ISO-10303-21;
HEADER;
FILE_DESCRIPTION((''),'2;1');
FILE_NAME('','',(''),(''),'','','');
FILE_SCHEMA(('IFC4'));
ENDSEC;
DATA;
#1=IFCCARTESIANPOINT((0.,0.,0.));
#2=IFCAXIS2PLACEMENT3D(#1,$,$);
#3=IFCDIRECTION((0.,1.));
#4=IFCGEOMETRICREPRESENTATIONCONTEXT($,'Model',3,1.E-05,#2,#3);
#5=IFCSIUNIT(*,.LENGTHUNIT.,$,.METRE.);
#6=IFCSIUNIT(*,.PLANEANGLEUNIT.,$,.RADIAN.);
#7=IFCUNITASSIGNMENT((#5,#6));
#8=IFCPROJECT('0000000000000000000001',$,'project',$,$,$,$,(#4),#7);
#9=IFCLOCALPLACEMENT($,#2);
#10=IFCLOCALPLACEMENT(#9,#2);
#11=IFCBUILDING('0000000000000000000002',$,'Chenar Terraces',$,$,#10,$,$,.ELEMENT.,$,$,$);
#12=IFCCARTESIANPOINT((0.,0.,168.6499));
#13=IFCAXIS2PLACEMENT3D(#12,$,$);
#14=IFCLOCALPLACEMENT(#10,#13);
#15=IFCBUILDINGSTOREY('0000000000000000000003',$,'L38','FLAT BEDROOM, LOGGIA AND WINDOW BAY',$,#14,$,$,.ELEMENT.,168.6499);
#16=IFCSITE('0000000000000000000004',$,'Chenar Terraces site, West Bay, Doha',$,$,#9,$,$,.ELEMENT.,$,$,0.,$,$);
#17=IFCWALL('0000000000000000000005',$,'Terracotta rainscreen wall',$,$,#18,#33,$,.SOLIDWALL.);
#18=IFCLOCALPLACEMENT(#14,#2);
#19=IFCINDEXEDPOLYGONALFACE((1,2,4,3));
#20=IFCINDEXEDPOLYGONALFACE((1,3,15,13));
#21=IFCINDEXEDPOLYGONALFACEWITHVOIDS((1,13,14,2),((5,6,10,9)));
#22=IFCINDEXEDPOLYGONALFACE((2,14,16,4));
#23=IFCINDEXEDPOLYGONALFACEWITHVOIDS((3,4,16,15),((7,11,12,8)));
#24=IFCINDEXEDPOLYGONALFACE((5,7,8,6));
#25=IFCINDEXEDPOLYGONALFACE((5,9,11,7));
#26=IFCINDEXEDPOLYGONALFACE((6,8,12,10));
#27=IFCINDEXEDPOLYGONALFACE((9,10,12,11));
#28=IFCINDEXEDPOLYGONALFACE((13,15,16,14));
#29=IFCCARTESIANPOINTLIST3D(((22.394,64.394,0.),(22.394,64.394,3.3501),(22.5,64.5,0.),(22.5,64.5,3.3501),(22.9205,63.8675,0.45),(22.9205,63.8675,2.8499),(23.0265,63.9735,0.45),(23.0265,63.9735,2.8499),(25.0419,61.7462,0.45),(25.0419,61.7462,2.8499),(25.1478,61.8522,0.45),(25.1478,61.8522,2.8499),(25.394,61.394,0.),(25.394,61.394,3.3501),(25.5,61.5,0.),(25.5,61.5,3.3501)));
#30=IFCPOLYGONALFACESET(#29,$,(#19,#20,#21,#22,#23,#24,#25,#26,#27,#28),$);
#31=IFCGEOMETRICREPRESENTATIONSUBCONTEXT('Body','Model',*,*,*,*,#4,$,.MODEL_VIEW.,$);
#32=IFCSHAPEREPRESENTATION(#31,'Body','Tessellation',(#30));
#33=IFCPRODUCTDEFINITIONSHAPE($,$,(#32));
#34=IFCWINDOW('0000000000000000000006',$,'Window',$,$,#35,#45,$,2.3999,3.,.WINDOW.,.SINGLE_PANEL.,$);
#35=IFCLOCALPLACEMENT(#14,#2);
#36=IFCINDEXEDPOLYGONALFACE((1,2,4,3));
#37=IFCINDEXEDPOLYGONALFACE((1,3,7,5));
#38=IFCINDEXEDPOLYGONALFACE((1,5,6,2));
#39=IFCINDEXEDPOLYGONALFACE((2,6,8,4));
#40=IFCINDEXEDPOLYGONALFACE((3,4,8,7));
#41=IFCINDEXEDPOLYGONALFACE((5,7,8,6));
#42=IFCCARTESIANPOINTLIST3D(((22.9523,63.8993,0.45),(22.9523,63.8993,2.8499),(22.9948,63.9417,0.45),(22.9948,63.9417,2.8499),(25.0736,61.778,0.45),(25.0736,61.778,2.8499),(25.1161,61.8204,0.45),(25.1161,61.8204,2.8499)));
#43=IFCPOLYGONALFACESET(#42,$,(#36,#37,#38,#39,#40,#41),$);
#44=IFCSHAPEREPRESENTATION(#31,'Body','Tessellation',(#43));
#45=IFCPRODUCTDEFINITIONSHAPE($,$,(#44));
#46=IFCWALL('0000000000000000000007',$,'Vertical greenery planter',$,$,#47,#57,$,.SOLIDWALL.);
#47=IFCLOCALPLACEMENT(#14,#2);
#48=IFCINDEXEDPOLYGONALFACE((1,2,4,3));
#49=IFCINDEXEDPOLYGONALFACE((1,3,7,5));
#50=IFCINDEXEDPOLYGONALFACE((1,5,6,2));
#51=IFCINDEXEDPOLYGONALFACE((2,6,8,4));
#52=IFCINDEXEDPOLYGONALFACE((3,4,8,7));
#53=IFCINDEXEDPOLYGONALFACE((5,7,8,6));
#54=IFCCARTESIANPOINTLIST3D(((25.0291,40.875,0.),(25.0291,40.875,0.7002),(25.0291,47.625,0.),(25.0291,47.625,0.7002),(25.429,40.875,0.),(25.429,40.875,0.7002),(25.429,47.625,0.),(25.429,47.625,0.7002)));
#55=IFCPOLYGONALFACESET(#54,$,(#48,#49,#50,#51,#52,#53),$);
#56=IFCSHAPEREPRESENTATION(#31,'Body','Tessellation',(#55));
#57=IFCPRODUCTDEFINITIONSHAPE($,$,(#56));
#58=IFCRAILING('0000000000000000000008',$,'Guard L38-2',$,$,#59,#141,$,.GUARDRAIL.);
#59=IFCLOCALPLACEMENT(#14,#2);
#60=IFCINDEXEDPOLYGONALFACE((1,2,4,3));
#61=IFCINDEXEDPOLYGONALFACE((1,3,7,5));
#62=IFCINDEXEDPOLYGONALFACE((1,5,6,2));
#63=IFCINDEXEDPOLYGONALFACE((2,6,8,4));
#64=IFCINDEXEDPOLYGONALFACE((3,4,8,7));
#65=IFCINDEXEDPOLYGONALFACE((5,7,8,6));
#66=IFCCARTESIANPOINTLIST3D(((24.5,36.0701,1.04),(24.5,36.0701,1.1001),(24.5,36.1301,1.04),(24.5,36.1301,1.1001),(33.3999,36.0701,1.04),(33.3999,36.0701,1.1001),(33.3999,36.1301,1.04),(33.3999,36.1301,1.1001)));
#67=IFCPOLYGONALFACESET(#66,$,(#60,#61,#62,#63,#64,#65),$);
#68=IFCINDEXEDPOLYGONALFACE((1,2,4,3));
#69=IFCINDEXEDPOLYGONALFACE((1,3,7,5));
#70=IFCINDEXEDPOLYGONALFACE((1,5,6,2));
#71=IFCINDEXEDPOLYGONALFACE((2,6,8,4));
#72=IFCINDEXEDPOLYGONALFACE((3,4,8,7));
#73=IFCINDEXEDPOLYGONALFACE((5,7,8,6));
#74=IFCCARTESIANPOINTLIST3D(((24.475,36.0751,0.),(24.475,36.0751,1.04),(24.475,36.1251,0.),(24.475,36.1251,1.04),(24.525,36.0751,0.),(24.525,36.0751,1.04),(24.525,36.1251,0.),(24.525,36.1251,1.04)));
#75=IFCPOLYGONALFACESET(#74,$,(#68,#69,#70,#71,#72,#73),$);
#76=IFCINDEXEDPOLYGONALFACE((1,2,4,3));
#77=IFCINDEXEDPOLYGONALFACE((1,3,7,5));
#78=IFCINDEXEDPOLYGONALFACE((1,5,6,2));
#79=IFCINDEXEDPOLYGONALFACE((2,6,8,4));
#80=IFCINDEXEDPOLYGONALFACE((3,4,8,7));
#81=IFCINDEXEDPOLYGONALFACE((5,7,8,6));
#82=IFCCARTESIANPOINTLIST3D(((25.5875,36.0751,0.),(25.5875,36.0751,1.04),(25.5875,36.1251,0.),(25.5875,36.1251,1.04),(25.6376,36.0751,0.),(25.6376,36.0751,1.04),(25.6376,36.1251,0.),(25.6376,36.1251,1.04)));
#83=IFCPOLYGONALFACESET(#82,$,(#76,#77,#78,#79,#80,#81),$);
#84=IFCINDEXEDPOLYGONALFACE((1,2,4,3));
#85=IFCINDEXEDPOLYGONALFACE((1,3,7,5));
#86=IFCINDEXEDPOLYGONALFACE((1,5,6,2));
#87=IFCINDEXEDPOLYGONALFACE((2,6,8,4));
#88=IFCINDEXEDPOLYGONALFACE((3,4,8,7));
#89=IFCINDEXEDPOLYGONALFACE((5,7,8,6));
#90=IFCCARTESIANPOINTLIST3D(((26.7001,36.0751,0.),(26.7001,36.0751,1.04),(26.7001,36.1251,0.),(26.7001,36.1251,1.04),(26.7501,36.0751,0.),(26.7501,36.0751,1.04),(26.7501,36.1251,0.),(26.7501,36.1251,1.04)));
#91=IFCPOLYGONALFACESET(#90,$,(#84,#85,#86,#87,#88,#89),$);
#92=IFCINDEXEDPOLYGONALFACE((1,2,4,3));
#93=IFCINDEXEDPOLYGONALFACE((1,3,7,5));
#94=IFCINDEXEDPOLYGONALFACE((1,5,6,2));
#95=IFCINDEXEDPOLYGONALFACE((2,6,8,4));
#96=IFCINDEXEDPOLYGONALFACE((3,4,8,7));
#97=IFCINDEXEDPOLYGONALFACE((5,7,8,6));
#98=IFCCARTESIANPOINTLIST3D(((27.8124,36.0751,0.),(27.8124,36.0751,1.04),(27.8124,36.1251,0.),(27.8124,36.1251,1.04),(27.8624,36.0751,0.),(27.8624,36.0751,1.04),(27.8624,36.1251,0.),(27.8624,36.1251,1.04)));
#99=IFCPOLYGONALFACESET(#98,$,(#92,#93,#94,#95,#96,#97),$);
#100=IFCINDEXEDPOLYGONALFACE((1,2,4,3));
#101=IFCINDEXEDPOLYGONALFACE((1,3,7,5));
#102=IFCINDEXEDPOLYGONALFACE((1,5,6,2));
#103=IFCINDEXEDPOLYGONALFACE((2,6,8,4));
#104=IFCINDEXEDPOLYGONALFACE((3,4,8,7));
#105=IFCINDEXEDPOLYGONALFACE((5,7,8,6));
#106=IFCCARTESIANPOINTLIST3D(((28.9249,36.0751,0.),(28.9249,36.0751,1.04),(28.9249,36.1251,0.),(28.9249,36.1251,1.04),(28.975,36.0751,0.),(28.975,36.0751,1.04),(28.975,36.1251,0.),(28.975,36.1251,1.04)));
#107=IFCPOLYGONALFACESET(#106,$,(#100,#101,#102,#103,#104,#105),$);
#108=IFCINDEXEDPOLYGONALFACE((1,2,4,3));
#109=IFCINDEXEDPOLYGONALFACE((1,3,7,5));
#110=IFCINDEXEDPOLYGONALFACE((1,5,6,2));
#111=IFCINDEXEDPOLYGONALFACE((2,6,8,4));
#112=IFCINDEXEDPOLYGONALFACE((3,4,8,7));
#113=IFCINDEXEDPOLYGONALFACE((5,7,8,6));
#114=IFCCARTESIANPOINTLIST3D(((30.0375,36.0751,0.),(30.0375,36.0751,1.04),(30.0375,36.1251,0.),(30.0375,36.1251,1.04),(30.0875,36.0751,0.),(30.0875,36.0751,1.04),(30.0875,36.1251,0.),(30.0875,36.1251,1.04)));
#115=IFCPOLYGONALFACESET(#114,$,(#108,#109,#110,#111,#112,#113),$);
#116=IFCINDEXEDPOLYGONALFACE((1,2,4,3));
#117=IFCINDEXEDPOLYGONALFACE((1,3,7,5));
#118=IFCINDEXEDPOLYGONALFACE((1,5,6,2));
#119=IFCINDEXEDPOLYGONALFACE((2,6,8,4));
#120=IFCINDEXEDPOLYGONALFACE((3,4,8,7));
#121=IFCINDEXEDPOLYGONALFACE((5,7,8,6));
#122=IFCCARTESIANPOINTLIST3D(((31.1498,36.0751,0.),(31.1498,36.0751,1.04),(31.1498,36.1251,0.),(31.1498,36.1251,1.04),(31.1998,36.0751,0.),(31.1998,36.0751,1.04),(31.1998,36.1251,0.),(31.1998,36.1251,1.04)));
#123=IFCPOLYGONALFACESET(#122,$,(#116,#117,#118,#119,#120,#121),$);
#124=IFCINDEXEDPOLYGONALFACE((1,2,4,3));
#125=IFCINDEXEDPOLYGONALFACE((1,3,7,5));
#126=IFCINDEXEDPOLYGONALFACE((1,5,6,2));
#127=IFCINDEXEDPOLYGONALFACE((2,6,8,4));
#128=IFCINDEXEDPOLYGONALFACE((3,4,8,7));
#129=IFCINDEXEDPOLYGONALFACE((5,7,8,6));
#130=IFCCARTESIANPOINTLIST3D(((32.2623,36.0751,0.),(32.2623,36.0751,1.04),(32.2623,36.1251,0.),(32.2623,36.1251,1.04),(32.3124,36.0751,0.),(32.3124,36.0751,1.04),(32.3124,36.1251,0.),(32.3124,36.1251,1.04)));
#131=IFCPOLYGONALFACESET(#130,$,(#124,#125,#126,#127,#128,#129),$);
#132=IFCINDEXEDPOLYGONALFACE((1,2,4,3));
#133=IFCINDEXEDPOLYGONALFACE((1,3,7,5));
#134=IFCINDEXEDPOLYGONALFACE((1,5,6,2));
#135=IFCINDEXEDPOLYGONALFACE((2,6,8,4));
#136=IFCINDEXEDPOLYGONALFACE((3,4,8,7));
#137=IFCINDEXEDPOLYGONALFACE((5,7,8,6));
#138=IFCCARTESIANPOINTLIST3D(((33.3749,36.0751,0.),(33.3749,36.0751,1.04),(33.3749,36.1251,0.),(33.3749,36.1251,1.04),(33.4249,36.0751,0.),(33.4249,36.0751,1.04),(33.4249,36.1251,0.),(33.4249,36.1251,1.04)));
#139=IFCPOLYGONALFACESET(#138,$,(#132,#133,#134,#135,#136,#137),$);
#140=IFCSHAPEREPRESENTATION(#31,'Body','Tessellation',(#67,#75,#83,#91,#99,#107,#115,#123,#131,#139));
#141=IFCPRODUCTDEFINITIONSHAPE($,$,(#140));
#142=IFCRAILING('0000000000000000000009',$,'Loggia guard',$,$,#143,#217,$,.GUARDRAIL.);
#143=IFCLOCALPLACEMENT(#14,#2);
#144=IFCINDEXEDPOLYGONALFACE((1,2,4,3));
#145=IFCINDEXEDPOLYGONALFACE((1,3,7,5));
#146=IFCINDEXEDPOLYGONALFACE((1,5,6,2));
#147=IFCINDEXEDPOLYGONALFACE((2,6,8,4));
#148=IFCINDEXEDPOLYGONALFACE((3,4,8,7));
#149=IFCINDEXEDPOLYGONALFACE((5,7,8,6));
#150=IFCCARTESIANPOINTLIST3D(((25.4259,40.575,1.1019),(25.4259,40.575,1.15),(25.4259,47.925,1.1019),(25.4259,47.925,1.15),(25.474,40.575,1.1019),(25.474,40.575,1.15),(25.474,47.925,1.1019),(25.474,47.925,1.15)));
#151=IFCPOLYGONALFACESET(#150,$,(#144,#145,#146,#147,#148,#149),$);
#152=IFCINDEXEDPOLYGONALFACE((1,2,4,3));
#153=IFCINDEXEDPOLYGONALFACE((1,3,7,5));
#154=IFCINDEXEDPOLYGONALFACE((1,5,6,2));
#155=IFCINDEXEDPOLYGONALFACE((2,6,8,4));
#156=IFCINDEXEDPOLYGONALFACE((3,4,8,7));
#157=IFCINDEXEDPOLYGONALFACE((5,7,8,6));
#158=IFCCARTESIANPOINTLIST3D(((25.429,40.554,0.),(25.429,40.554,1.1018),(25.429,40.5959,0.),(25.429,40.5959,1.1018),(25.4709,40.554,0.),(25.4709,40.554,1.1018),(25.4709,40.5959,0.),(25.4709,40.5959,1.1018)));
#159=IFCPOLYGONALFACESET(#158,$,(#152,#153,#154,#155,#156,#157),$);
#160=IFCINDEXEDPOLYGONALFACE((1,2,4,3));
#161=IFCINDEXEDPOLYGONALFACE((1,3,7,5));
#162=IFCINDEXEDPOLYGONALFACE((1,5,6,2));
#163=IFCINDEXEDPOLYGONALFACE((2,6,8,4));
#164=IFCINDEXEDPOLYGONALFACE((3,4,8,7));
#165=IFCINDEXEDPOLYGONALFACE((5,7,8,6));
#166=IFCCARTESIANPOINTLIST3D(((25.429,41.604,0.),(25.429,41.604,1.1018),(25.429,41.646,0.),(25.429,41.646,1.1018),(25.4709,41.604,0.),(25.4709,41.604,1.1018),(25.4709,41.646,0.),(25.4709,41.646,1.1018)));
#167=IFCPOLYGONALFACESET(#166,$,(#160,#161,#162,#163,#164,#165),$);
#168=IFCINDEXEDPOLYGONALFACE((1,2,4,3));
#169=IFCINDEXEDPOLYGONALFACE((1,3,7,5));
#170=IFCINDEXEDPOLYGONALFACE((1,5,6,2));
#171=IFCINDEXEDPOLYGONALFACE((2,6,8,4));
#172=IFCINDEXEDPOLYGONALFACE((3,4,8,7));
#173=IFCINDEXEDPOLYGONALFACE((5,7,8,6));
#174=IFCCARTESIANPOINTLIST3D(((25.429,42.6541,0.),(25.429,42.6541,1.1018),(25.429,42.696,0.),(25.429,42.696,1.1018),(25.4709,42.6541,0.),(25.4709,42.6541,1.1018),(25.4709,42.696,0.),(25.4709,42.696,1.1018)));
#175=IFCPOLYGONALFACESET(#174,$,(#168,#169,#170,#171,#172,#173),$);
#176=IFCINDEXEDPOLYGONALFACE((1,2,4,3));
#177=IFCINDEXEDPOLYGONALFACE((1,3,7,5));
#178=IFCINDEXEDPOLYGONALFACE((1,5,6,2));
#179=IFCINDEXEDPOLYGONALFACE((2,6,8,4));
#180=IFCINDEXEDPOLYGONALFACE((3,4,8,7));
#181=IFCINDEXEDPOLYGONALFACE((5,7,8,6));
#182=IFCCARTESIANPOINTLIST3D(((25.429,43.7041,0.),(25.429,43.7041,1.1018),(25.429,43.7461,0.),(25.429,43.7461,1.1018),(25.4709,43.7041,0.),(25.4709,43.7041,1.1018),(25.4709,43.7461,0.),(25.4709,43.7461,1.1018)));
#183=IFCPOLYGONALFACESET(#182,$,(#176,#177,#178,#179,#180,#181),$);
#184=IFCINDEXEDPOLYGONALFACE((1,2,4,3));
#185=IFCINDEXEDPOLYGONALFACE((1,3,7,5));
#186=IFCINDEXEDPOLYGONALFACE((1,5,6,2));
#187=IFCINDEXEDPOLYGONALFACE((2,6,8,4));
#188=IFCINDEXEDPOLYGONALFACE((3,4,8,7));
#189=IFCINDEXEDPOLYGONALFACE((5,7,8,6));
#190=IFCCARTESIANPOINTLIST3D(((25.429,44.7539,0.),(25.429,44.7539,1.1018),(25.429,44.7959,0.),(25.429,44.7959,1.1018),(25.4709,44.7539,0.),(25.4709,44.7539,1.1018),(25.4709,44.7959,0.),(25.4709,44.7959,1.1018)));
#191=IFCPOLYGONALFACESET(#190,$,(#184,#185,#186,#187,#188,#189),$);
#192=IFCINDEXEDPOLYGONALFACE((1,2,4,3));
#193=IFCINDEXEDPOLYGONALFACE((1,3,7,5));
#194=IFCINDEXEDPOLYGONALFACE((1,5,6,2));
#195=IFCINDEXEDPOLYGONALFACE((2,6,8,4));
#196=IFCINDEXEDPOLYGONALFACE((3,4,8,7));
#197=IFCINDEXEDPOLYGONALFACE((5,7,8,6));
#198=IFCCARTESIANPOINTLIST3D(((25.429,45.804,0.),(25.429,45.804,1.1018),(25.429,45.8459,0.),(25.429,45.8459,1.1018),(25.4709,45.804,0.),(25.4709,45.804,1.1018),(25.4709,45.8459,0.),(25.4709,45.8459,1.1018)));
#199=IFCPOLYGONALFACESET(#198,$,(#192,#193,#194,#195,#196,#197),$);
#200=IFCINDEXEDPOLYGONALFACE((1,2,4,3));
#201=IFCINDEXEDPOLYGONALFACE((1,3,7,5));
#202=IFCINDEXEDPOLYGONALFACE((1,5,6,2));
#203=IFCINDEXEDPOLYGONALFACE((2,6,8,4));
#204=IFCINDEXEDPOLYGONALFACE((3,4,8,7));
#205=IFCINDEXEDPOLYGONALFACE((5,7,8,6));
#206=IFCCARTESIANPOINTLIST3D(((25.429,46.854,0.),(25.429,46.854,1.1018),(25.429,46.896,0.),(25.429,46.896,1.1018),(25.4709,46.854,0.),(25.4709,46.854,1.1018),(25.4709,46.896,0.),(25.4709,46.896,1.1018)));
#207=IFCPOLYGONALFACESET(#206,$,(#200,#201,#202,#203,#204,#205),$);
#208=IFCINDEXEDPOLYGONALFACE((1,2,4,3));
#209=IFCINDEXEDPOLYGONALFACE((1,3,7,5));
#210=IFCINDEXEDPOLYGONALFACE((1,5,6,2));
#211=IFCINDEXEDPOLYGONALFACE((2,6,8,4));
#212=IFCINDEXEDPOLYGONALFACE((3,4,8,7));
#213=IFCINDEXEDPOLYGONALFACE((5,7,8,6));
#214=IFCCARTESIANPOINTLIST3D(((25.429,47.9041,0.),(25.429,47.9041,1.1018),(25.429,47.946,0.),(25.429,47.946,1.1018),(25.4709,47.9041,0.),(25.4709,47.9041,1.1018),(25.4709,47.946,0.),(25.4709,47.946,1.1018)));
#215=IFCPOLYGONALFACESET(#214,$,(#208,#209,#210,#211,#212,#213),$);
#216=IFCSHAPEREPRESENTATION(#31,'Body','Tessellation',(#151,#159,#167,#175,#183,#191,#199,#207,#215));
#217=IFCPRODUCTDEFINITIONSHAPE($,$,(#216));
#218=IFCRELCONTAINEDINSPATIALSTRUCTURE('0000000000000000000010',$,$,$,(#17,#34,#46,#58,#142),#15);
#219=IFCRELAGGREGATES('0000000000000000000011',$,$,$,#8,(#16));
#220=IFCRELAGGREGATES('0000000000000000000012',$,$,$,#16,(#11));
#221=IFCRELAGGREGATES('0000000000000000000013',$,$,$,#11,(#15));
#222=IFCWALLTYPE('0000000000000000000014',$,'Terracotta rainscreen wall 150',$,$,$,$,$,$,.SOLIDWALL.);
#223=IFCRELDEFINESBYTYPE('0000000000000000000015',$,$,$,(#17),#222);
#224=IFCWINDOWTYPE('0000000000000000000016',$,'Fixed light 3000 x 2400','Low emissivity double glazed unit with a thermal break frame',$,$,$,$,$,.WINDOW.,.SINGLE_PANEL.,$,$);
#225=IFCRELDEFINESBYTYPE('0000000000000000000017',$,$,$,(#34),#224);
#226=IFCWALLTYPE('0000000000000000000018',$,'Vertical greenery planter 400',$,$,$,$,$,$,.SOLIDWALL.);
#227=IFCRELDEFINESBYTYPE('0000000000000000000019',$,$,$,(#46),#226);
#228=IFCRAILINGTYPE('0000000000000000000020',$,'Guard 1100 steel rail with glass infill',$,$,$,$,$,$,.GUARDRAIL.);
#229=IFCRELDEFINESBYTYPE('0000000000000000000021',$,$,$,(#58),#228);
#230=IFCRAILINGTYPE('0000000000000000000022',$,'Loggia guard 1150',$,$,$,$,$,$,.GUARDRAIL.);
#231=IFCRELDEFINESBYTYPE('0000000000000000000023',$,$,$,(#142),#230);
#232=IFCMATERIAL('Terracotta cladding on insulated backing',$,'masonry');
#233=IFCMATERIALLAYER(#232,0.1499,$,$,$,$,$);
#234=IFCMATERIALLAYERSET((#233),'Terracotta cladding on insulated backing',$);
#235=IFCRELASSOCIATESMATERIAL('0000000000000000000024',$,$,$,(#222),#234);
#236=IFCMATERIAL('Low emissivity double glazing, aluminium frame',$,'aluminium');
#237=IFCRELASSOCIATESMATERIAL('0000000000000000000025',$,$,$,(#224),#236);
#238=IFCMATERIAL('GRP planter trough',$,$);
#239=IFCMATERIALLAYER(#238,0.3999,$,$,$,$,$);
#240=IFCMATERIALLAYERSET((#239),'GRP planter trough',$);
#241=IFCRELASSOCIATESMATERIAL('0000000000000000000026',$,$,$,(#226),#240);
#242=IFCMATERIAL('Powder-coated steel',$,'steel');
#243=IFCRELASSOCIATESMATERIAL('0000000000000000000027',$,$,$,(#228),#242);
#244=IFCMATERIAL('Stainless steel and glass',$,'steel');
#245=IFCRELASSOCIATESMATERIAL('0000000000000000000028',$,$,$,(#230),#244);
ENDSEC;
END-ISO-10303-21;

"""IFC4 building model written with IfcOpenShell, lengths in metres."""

from ifc_helpers import new_model, si_unit, direction, frame, frame_2d, origin, origin_2d, place, context, subcontext, project, spatial, rectangle, extrude, material, layer, layer_set, type_object, element, fill, save


model = new_model("IFC4")

# Units and contexts
model_context = context("Model", 3, precision=1e-05, world=origin(), true_north=direction((0.0, 1.0)))
body_context = subcontext(model_context, "Body", "Model", "MODEL_VIEW")
ifc_project = project(units=[si_unit("LENGTHUNIT", "METRE"), si_unit("PLANEANGLEUNIT", "RADIAN")], contexts=[model_context])

# Site, building, storey
site_placement = place(None, origin())
site = spatial("IfcSite", under=ifc_project, at=site_placement, Name="Chenar Terraces site, West Bay, Doha", CompositionType="ELEMENT", RefElevation=0.0)
building_placement = place(site_placement, origin())
building = spatial("IfcBuilding", under=site, at=building_placement, Name="Chenar Terraces", CompositionType="ELEMENT")
storey_placement = place(building_placement, frame((0.0, 0.0, 168.6499)))
storey = spatial("IfcBuildingStorey", under=building, at=storey_placement, Name="L38", Description="FLAT BEDROOM, LOGGIA AND WINDOW BAY", CompositionType="ELEMENT", Elevation=168.6499)

# Wall, opening, window
ifc_material_1 = material(Name="Terracotta cladding on insulated backing", Category="masonry")
ifc_layer_1 = layer(ifc_material_1, 0.1499)
ifc_layer_set_1 = layer_set([ifc_layer_1], Name="Terracotta cladding on insulated backing")
wall_type_1 = type_object("IfcWallType", Name="Terracotta rainscreen wall 150", PredefinedType="SOLIDWALL", material=ifc_layer_set_1)
ifc_material_2 = material(Name="Low emissivity double glazing, aluminium frame", Category="aluminium")
window_type_1 = type_object("IfcWindowType", Name="Fixed light 3000 x 2400", Description="Low emissivity double glazed unit with a thermal break frame", PartitioningType="SINGLE_PANEL", PredefinedType="WINDOW", material=ifc_material_2)
wall_1_placement = place(storey_placement, frame((25.447, 61.447, 0.0), z_axis=(0.0, 0.0, 1.0), x_axis=(-0.707107, 0.707107, 0.0)))
wall_1 = element("IfcWall", 1, at=wall_1_placement, inside=storey, type_object=wall_type_1, Name="Terracotta rainscreen wall", PredefinedType="SOLIDWALL", context=body_context, shape_type="SweptSolid", body=[
    extrude(rectangle(XDim=4.2427, YDim=0.1499, at=frame_2d((2.1213, 0.0))), origin(), (0.0, 0.0, 1.0), 3.3501),
])
opening_1_placement = place(wall_1_placement, frame((0.498, 0.0, 0.45)))
opening_1 = element("IfcOpeningElement", 2, at=opening_1_placement, cuts=wall_1, PredefinedType="OPENING", context=body_context, shape_type="SweptSolid", body=[
    extrude(rectangle(XDim=3.0, YDim=2.3999, at=frame_2d((1.5, 1.2))), frame((0.0, 0.085, 0.0), z_axis=(0.0, -1.0, 0.0), x_axis=(1.0, 0.0, 0.0)), (0.0, 0.0, 1.0), 0.1699),
])
window_1_placement = place(opening_1_placement, origin())
window_1 = element("IfcWindow", 3, at=window_1_placement, inside=storey, type_object=window_type_1, Name="Window", OverallHeight=2.3999, OverallWidth=3.0, PartitioningType="SINGLE_PANEL", PredefinedType="WINDOW", context=body_context, shape_type="SweptSolid", body=[
    extrude(rectangle(XDim=3.0, YDim=2.3999, at=frame_2d((1.5, 1.2))), frame((0.0, 0.03, 0.0), z_axis=(0.0, -1.0, 0.0), x_axis=(1.0, 0.0, 0.0)), (0.0, 0.0, 1.0), 0.0601),
])
fill(opening_1, window_1)

# Wall
ifc_material_3 = material(Name="GRP planter trough")
ifc_layer_2 = layer(ifc_material_3, 0.3999)
ifc_layer_set_2 = layer_set([ifc_layer_2], Name="GRP planter trough")
wall_type_2 = type_object("IfcWallType", Name="Vertical greenery planter 400", PredefinedType="SOLIDWALL", material=ifc_layer_set_2)
wall_2_placement = place(storey_placement, frame((25.229, 40.875, 0.0), z_axis=(0.0, 0.0, 1.0), x_axis=(0.0, 1.0, 0.0)))
element("IfcWall", 4, at=wall_2_placement, inside=storey, type_object=wall_type_2, Name="Vertical greenery planter", PredefinedType="SOLIDWALL", context=body_context, shape_type="SweptSolid", body=[
    extrude(rectangle(XDim=6.75, YDim=0.3999, at=frame_2d((3.375, 0.0))), origin(), (0.0, 0.0, 1.0), 0.7002),
])

# Railings
ifc_material_4 = material(Name="Powder-coated steel", Category="steel")
railing_type_1 = type_object("IfcRailingType", Name="Guard 1100 steel rail with glass infill", PredefinedType="GUARDRAIL", material=ifc_material_4)
railing_1_placement = place(storey_placement, frame((24.5, 36.1001, 0.0)))
element("IfcRailing", 5, at=railing_1_placement, inside=storey, type_object=railing_type_1, Name="Guard L38-2", PredefinedType="GUARDRAIL", context=body_context, shape_type="SweptSolid", body=[
    extrude(rectangle(XDim=0.0601, YDim=0.0601, at=origin_2d()), frame((0.0, 0.0, 1.0701), z_axis=(1.0, 0.0, 0.0), x_axis=(0.0, 1.0, 0.0)), (0.0, 0.0, 1.0), 8.8999),
    extrude(rectangle(XDim=0.05, YDim=0.05, at=origin_2d()), origin(), (0.0, 0.0, 1.0), 1.04),
    extrude(rectangle(XDim=0.05, YDim=0.05, at=origin_2d()), frame((1.1125, 0.0, 0.0)), (0.0, 0.0, 1.0), 1.04),
    extrude(rectangle(XDim=0.05, YDim=0.05, at=origin_2d()), frame((2.2251, 0.0, 0.0)), (0.0, 0.0, 1.0), 1.04),
    extrude(rectangle(XDim=0.05, YDim=0.05, at=origin_2d()), frame((3.3374, 0.0, 0.0)), (0.0, 0.0, 1.0), 1.04),
    extrude(rectangle(XDim=0.05, YDim=0.05, at=origin_2d()), frame((4.45, 0.0, 0.0)), (0.0, 0.0, 1.0), 1.04),
    extrude(rectangle(XDim=0.05, YDim=0.05, at=origin_2d()), frame((5.5625, 0.0, 0.0)), (0.0, 0.0, 1.0), 1.04),
    extrude(rectangle(XDim=0.05, YDim=0.05, at=origin_2d()), frame((6.6748, 0.0, 0.0)), (0.0, 0.0, 1.0), 1.04),
    extrude(rectangle(XDim=0.05, YDim=0.05, at=origin_2d()), frame((7.7874, 0.0, 0.0)), (0.0, 0.0, 1.0), 1.04),
    extrude(rectangle(XDim=0.05, YDim=0.05, at=origin_2d()), frame((8.8999, 0.0, 0.0)), (0.0, 0.0, 1.0), 1.04),
])
ifc_material_5 = material(Name="Stainless steel and glass", Category="steel")
railing_type_2 = type_object("IfcRailingType", Name="Loggia guard 1150", PredefinedType="GUARDRAIL", material=ifc_material_5)
railing_2_placement = place(storey_placement, frame((25.45, 40.575, 0.0)))
element("IfcRailing", 6, at=railing_2_placement, inside=storey, type_object=railing_type_2, Name="Loggia guard", PredefinedType="GUARDRAIL", context=body_context, shape_type="SweptSolid", body=[
    extrude(rectangle(XDim=0.0481, YDim=0.0481, at=origin_2d()), frame((0.0, 0.0, 1.126), z_axis=(0.0, 1.0, 0.0), x_axis=(-1.0, 0.0, 0.0)), (0.0, 0.0, 1.0), 7.3501),
    extrude(rectangle(XDim=0.042, YDim=0.042, at=origin_2d()), origin(), (0.0, 0.0, 1.0), 1.1018),
    extrude(rectangle(XDim=0.042, YDim=0.042, at=origin_2d()), frame((0.0, 1.05, 0.0)), (0.0, 0.0, 1.0), 1.1018),
    extrude(rectangle(XDim=0.042, YDim=0.042, at=origin_2d()), frame((0.0, 2.1001, 0.0)), (0.0, 0.0, 1.0), 1.1018),
    extrude(rectangle(XDim=0.042, YDim=0.042, at=origin_2d()), frame((0.0, 3.1501, 0.0)), (0.0, 0.0, 1.0), 1.1018),
    extrude(rectangle(XDim=0.042, YDim=0.042, at=origin_2d()), frame((0.0, 4.2, 0.0)), (0.0, 0.0, 1.0), 1.1018),
    extrude(rectangle(XDim=0.042, YDim=0.042, at=origin_2d()), frame((0.0, 5.25, 0.0)), (0.0, 0.0, 1.0), 1.1018),
    extrude(rectangle(XDim=0.042, YDim=0.042, at=origin_2d()), frame((0.0, 6.3, 0.0)), (0.0, 0.0, 1.0), 1.1018),
    extrude(rectangle(XDim=0.042, YDim=0.042, at=origin_2d()), frame((0.0, 7.3501, 0.0)), (0.0, 0.0, 1.0), 1.1018),
])

save(model, "model.ifc")
